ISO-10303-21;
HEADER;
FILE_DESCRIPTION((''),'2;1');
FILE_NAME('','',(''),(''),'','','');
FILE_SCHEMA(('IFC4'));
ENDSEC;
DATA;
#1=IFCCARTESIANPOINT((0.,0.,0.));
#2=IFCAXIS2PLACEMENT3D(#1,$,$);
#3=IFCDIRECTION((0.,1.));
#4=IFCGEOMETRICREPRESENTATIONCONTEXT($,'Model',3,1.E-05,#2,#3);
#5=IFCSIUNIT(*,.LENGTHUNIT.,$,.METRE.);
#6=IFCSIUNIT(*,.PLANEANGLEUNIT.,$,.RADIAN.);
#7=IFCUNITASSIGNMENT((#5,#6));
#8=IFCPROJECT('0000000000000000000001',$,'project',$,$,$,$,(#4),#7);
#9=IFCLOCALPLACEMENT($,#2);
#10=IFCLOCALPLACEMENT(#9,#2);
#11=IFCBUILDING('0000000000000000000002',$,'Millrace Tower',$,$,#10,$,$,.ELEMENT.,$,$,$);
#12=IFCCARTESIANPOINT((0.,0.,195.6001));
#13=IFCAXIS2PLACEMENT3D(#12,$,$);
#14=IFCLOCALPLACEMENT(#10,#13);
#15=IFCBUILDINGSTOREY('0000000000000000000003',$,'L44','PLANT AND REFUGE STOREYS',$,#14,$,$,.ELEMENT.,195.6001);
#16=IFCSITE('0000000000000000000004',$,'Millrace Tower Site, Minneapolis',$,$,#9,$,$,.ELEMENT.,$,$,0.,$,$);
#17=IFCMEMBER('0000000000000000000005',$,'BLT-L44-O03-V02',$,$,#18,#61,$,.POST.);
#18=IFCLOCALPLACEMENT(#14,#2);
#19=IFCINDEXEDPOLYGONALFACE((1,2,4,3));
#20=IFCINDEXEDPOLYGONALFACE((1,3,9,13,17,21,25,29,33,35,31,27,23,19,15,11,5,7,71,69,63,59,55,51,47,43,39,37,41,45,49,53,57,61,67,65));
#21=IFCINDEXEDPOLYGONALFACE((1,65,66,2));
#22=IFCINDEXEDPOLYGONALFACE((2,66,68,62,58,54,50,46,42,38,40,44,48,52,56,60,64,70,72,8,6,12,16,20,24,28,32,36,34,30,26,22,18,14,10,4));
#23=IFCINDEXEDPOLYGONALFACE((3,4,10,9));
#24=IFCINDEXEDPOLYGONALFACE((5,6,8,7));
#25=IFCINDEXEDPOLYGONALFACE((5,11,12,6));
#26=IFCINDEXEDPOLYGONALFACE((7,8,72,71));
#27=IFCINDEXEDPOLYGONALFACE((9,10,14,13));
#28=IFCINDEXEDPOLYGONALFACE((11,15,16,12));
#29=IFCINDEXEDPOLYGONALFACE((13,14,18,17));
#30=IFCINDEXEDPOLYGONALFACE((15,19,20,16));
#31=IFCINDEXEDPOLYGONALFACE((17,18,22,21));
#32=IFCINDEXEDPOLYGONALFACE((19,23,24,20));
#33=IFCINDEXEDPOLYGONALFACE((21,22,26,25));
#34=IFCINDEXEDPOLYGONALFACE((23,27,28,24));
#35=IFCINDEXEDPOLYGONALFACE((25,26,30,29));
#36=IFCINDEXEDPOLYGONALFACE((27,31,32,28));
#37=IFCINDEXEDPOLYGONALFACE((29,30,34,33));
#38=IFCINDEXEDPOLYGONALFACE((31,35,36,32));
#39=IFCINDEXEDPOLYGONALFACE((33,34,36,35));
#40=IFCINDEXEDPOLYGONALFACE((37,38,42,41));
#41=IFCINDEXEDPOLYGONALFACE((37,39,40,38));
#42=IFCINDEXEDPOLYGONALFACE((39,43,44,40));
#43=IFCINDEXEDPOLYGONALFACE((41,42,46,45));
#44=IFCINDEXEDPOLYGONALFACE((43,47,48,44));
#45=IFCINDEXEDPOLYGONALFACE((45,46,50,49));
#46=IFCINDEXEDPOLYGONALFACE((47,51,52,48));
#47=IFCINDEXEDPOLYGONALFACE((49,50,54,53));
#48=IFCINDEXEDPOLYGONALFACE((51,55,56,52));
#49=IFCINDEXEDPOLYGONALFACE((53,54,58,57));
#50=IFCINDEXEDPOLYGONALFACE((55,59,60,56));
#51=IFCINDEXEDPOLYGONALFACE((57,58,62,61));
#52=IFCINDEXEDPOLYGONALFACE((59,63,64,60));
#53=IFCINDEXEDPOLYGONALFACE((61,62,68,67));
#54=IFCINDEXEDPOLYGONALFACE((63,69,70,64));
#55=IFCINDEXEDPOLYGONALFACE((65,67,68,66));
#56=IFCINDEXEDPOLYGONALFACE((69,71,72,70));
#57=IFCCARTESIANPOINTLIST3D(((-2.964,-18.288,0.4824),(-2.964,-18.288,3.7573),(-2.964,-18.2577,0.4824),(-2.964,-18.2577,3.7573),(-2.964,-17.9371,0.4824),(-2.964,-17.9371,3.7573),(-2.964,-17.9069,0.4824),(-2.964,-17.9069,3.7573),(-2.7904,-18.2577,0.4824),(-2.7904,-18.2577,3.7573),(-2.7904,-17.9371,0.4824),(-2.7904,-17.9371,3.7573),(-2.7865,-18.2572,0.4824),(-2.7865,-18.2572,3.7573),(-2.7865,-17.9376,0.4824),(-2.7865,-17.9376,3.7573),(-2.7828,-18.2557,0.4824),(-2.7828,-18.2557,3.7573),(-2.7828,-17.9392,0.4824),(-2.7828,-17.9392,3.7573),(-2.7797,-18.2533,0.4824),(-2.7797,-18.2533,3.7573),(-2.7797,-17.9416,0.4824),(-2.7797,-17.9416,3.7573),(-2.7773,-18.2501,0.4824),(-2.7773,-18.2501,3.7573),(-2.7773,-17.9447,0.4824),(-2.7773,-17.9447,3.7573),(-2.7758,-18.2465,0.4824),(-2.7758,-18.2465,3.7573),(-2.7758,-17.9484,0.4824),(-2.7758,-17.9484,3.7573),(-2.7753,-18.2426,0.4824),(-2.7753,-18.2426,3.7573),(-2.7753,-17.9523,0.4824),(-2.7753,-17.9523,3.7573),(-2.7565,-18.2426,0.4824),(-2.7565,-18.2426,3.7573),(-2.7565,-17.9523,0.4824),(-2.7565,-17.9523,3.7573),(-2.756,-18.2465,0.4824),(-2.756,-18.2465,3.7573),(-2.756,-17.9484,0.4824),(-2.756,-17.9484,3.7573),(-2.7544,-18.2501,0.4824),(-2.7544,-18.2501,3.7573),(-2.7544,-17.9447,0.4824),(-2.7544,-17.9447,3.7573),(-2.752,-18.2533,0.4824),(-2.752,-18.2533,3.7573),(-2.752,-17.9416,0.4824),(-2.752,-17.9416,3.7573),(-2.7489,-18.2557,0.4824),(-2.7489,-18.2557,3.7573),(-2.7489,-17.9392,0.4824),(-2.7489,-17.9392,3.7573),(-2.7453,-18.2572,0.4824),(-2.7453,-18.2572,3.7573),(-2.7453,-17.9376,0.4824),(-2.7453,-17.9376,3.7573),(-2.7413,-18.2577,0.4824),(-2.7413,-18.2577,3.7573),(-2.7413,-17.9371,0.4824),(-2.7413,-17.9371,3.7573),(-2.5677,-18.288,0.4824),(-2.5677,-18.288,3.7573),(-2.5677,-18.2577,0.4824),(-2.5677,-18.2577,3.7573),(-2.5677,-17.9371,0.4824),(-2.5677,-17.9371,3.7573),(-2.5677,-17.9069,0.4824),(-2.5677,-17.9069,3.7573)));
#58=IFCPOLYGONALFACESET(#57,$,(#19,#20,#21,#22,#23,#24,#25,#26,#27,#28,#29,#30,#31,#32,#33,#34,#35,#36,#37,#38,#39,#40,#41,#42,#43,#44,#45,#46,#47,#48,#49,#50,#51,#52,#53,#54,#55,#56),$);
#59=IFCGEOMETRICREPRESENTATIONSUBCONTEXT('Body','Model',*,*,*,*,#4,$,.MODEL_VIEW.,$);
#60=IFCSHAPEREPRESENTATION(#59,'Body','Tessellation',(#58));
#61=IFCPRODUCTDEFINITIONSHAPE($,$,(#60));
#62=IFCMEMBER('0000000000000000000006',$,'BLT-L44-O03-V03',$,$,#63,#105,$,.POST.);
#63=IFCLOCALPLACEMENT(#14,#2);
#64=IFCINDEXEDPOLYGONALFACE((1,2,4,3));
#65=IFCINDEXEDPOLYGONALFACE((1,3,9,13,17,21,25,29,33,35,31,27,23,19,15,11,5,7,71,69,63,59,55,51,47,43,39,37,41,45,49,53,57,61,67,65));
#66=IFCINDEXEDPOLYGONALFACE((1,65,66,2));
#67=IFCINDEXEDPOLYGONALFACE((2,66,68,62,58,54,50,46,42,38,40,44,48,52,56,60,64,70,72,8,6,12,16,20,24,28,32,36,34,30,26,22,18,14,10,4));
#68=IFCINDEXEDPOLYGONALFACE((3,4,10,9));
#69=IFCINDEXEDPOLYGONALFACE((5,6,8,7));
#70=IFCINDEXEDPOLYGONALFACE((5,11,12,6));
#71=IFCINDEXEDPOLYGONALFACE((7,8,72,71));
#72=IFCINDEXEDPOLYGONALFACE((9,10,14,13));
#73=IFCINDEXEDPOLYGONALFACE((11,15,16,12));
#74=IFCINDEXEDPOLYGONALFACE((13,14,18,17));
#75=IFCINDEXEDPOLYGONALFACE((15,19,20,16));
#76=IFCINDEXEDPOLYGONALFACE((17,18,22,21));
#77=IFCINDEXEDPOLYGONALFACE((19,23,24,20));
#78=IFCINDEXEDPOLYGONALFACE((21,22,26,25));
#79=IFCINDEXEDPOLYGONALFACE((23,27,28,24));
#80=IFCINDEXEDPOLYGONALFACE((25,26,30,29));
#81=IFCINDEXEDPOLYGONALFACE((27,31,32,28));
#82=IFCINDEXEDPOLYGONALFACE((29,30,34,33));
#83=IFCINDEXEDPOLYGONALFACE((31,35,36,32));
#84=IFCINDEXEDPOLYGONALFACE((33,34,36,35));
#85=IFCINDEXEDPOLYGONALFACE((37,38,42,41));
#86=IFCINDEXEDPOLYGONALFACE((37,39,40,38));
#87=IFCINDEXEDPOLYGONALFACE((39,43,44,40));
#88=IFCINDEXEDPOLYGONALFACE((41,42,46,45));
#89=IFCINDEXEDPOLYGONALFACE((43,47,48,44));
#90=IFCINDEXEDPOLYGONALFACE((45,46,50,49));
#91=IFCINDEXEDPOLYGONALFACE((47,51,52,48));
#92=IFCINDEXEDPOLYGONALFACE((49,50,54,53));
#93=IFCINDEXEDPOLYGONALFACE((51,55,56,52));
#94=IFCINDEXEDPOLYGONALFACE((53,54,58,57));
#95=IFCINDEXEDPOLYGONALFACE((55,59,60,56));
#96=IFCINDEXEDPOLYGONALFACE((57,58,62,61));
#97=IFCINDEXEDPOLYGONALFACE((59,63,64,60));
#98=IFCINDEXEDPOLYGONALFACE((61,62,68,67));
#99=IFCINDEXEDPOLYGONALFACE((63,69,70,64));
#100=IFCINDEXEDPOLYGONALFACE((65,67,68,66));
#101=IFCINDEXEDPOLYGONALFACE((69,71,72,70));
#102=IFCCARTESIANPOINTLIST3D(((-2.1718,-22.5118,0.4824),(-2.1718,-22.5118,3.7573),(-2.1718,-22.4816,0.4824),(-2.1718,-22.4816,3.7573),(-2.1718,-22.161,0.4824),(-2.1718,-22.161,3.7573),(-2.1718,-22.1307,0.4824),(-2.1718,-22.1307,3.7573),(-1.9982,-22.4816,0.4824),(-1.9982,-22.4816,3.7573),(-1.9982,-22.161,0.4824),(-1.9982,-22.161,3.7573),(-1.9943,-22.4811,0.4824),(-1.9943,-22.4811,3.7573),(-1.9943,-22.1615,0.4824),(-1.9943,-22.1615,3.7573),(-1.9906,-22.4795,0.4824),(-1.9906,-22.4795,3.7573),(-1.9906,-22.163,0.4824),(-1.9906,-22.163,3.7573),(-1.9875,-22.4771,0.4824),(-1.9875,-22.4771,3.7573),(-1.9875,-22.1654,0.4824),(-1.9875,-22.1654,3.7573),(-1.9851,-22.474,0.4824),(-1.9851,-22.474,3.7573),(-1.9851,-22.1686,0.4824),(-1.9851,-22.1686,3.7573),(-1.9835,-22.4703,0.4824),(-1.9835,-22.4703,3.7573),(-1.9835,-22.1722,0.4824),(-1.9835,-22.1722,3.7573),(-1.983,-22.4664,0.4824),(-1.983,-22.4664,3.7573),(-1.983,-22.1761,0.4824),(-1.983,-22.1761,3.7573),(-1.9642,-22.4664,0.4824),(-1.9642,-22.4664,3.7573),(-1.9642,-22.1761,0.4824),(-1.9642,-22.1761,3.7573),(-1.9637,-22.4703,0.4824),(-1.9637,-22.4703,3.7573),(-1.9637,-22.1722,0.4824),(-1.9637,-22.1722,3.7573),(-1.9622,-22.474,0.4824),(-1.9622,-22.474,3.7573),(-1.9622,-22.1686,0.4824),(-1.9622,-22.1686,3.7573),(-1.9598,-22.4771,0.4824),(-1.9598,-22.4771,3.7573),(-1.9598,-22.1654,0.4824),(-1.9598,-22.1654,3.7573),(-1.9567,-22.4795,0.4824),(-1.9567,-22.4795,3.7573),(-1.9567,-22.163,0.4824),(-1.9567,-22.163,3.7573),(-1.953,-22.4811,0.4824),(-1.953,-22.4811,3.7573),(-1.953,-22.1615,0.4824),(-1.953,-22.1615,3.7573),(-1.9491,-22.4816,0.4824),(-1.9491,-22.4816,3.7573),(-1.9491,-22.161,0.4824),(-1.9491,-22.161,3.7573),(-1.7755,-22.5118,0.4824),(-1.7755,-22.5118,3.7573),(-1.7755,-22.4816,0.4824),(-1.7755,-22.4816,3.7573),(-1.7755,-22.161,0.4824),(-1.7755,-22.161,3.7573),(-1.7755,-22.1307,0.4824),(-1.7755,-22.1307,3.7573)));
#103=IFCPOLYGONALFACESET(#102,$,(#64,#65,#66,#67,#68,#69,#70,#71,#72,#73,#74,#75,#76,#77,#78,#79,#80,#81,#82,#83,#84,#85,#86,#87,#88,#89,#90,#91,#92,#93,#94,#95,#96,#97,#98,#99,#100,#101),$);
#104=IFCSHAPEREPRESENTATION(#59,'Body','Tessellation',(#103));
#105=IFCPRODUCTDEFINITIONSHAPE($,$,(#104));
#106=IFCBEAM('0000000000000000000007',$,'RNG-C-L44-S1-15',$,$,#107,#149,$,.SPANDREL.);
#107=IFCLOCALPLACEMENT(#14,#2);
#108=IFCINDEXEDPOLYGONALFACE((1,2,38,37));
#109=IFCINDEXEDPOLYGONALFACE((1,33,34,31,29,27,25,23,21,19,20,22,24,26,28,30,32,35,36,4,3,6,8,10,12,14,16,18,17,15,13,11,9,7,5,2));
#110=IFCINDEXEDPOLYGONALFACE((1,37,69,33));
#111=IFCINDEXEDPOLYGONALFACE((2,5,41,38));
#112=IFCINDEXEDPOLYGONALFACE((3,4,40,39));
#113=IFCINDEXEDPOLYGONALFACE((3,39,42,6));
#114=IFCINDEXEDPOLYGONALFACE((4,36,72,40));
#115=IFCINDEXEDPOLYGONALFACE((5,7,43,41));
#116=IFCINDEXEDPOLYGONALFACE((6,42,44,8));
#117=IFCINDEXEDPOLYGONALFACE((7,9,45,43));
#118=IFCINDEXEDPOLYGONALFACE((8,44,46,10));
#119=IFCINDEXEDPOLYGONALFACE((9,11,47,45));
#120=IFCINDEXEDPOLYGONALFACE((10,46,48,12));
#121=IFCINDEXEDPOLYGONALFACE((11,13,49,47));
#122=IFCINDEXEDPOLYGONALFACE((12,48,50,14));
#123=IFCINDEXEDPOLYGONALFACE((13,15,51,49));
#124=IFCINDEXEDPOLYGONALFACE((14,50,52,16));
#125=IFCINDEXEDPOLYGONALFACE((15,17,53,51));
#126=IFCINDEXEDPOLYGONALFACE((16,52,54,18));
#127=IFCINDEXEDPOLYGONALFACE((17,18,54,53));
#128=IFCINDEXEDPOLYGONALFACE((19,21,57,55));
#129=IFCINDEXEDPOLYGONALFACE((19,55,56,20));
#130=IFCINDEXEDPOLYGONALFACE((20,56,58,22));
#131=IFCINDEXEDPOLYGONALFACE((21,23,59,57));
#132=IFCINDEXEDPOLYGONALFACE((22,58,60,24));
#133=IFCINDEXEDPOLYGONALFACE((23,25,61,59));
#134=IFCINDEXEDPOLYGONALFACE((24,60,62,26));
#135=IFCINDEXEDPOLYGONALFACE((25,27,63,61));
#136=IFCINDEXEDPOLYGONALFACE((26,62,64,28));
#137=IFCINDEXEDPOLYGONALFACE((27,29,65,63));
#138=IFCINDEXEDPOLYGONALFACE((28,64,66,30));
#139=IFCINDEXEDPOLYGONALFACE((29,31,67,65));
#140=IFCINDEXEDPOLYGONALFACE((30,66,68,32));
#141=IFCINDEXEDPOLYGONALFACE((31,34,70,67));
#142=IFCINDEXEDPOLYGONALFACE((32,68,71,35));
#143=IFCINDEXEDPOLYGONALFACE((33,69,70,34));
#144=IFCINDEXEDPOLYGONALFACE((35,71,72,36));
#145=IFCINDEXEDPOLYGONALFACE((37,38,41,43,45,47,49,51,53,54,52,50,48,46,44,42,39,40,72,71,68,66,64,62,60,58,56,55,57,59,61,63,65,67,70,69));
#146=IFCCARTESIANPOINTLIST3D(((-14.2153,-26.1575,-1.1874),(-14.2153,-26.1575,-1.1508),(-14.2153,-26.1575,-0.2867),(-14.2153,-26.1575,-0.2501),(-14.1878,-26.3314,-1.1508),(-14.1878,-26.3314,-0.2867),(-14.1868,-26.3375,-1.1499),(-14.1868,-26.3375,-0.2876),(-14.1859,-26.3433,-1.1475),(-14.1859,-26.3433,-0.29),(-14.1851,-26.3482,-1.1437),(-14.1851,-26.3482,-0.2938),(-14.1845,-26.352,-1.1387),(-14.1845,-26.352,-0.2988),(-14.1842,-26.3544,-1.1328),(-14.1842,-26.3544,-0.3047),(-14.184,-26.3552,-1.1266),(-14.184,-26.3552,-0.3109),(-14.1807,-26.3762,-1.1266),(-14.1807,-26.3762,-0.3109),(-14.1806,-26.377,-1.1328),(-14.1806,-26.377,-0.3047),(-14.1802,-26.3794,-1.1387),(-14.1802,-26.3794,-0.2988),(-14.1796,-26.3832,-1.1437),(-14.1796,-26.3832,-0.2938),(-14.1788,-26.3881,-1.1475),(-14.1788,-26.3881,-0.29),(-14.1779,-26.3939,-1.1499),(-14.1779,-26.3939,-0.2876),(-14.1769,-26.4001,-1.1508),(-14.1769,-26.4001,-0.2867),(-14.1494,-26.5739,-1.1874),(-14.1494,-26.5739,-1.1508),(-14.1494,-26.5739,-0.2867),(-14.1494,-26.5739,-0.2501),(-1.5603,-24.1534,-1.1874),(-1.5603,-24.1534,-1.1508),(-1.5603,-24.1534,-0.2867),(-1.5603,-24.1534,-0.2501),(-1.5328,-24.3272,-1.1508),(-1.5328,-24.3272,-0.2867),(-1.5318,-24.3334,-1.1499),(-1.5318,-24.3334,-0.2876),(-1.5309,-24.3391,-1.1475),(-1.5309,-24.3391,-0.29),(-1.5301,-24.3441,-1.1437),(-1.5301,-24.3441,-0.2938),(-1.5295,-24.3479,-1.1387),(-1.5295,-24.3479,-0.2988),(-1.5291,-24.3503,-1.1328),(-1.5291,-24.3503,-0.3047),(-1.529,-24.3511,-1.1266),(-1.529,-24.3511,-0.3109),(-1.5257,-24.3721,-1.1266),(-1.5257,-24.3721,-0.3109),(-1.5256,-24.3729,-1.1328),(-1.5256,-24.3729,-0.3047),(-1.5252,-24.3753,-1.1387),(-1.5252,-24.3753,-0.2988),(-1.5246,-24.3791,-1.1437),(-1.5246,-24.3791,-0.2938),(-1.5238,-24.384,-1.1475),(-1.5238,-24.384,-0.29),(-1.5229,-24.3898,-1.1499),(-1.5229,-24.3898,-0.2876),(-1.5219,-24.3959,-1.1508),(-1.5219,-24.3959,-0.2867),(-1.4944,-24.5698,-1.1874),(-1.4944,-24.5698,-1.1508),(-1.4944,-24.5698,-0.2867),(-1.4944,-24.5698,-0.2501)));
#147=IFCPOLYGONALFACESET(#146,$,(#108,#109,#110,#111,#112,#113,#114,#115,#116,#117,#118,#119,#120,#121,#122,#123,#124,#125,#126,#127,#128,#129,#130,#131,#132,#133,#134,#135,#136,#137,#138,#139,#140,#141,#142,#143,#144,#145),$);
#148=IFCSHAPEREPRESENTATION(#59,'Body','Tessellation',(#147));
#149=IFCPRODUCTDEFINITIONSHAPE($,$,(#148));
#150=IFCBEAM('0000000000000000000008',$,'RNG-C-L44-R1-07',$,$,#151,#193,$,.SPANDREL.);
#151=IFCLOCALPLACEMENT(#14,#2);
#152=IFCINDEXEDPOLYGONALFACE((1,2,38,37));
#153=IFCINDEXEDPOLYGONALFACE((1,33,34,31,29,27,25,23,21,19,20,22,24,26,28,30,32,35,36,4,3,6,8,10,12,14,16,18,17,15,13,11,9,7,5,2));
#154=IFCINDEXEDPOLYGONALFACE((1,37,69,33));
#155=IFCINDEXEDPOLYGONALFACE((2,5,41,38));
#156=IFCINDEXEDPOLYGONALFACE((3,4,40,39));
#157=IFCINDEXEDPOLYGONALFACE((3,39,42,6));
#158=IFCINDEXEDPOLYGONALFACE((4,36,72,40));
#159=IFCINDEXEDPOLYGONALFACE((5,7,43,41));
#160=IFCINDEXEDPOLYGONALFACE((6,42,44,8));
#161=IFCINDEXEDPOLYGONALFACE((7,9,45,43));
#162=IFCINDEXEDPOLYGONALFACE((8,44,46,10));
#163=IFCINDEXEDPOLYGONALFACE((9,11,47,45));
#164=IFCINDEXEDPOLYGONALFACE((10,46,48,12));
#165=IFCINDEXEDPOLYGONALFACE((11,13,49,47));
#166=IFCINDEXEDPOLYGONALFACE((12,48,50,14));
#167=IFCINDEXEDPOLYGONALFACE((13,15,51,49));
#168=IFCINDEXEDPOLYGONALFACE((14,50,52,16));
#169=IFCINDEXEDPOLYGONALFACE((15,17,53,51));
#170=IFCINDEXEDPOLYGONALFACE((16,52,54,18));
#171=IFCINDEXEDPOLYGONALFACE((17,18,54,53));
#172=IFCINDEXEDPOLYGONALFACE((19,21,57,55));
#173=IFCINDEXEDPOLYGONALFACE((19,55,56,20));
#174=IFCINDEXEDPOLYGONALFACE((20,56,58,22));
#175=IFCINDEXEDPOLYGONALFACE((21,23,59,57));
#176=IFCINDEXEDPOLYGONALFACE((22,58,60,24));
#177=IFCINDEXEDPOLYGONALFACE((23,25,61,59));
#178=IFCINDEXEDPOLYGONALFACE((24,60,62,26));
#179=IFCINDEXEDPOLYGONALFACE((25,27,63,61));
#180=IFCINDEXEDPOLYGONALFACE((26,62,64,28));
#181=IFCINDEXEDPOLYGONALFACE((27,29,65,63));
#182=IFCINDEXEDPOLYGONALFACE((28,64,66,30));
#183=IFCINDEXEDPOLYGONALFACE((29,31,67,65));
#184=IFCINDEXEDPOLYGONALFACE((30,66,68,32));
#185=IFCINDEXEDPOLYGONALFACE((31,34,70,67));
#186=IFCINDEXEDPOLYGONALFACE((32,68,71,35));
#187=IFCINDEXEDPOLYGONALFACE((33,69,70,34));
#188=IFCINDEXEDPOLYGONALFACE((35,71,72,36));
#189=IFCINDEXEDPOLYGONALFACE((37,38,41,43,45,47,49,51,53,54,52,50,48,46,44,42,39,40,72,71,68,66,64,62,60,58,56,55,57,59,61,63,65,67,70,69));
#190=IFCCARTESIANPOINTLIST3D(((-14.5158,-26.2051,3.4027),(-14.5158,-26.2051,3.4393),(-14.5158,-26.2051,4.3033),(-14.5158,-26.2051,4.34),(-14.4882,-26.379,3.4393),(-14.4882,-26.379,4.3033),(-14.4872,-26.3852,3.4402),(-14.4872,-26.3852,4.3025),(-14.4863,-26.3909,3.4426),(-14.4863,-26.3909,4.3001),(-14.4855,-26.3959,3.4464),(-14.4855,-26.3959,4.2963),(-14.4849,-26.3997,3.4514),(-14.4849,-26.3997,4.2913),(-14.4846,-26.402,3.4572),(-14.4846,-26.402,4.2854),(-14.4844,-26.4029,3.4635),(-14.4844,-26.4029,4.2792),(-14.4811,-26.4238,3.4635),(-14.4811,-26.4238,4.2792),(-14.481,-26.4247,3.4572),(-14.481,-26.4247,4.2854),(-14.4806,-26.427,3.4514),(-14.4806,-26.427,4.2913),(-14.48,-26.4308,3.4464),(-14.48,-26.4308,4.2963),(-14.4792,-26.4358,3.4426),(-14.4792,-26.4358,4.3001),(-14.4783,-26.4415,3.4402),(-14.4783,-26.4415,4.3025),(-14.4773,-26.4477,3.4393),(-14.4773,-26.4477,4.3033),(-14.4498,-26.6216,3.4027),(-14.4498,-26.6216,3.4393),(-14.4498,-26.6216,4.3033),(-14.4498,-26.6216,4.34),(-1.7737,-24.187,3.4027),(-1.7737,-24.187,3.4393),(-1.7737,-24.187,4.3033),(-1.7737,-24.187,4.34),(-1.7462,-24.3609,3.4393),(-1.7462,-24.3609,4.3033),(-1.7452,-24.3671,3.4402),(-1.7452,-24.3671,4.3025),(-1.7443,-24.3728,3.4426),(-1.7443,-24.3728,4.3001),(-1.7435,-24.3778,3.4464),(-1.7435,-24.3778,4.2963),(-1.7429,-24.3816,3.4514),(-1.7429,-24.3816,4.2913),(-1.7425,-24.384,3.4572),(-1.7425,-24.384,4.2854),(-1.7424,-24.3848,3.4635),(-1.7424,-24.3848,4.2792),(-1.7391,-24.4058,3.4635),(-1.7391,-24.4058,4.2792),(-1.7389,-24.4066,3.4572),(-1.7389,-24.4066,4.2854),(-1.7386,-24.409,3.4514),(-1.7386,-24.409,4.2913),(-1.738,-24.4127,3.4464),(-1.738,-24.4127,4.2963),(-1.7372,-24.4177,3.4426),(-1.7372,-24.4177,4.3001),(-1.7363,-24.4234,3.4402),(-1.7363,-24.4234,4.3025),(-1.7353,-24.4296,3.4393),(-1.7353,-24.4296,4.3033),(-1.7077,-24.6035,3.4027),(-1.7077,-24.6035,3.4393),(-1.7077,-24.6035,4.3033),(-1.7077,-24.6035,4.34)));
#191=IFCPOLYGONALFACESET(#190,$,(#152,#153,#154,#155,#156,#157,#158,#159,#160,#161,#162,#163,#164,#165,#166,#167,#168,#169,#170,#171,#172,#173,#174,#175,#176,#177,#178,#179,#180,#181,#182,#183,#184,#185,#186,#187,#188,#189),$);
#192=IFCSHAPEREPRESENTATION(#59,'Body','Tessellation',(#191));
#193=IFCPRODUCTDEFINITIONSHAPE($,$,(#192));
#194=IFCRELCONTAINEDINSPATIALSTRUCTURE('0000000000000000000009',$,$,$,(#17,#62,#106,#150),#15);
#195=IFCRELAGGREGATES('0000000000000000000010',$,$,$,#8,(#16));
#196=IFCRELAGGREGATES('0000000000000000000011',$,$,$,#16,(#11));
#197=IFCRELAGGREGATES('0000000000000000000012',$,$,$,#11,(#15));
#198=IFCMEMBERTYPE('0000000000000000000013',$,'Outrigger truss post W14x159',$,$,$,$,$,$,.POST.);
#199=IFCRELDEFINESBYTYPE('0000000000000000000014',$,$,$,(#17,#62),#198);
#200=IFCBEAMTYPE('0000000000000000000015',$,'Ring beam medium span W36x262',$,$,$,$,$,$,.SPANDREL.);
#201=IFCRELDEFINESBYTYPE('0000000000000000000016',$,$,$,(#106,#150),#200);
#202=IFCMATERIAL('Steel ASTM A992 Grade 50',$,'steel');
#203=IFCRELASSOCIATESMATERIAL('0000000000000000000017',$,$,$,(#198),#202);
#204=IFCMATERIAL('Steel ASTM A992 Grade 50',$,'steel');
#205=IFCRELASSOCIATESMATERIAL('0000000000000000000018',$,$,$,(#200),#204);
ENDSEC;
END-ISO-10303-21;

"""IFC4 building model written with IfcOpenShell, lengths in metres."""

from ifc_helpers import new_model, si_unit, direction, frame, origin, origin_2d, place, context, subcontext, project, spatial, i_section, extrude, material, material_profile, profile_set, type_object, element, save


model = new_model("IFC4")

# Units and contexts
model_context = context("Model", 3, precision=1e-05, world=origin(), true_north=direction((0.0, 1.0)))
body_context = subcontext(model_context, "Body", "Model", "MODEL_VIEW")
ifc_project = project(units=[si_unit("LENGTHUNIT", "METRE"), si_unit("PLANEANGLEUNIT", "RADIAN")], contexts=[model_context])

# Site, building, storey
site_placement = place(None, origin())
site = spatial("IfcSite", under=ifc_project, at=site_placement, Name="Millrace Tower Site, Minneapolis", CompositionType="ELEMENT", RefElevation=0.0)
building_placement = place(site_placement, origin())
building = spatial("IfcBuilding", under=site, at=building_placement, Name="Millrace Tower", CompositionType="ELEMENT")
storey_placement = place(building_placement, frame((0.0, 0.0, 195.6001)))
storey = spatial("IfcBuildingStorey", under=building, at=storey_placement, Name="L44", Description="PLANT AND REFUGE STOREYS", CompositionType="ELEMENT", Elevation=195.6001)

# Members
ifc_material_1 = material(Name="Steel ASTM A992 Grade 50", Category="steel")
ifc_material_profile_1 = material_profile(ifc_material_1, i_section(OverallWidth=0.3962, OverallDepth=0.3811, WebThickness=0.0188, FlangeThickness=0.0303, FilletRadius=0.0151, at=origin_2d()))
ifc_profile_set_1 = profile_set([ifc_material_profile_1], Name="Steel ASTM A992 Grade 50")
member_type_1 = type_object("IfcMemberType", Name="Outrigger truss post W14x159", PredefinedType="POST", material=ifc_profile_set_1)
for number, where, z_axis, x_axis, name in (
    (1, (-2.7659, -18.0974, 0.4824), (0.0, 0.0, 1.0), (1.0, 0.0, 0.0), "BLT-L44-O03-V02"),
    (2, (-1.9736, -22.3213, 0.4824), (0.0, 0.0, 1.0), (1.0, 0.0, 0.0), "BLT-L44-O03-V03"),
):
    element("IfcMember", number, at=place(storey_placement, frame(where, z_axis=z_axis, x_axis=x_axis)), inside=storey, type_object=member_type_1, Name=name, PredefinedType="POST", context=body_context, shape_type="SweptSolid", body=[
        extrude(i_section(OverallWidth=0.3962, OverallDepth=0.3811, WebThickness=0.0188, FlangeThickness=0.0303, FilletRadius=0.0151, at=origin_2d()), origin(), (0.0, 0.0, 1.0), 3.2749),
    ])

# Beams
ifc_material_2 = material(Name="Steel ASTM A992 Grade 50", Category="steel")
ifc_material_profile_2 = material_profile(ifc_material_2, i_section(OverallWidth=0.4216, OverallDepth=0.9373, WebThickness=0.0212, FlangeThickness=0.0366, FilletRadius=0.0242, at=origin_2d()))
ifc_profile_set_2 = profile_set([ifc_material_profile_2], Name="Steel ASTM A992 Grade 50")
beam_type_1 = type_object("IfcBeamType", Name="Ring beam medium span W36x262", PredefinedType="SPANDREL", material=ifc_profile_set_2)
beam_1_placement = place(storey_placement, frame((-1.5273, -24.3616, -0.7188), z_axis=(-0.987691, -0.156419, 0.0), x_axis=(0.156419, -0.987691, 0.0)))
element("IfcBeam", 3, at=beam_1_placement, inside=storey, type_object=beam_type_1, Name="RNG-C-L44-S1-15", PredefinedType="SPANDREL", context=body_context, shape_type="SweptSolid", body=[
    extrude(i_section(OverallWidth=0.4216, OverallDepth=0.9373, WebThickness=0.0212, FlangeThickness=0.0366, FilletRadius=0.0242, at=origin_2d()), origin(), (0.0, 0.0, 1.0), 12.8127),
])
beam_2_placement = place(storey_placement, frame((-1.7407, -24.3953, 3.8713), z_axis=(-0.987689, -0.15643, 0.0), x_axis=(0.15643, -0.987689, 0.0)))
element("IfcBeam", 4, at=beam_2_placement, inside=storey, type_object=beam_type_1, Name="RNG-C-L44-R1-07", PredefinedType="SPANDREL", context=body_context, shape_type="SweptSolid", body=[
    extrude(i_section(OverallWidth=0.4216, OverallDepth=0.9373, WebThickness=0.0212, FlangeThickness=0.0366, FilletRadius=0.0242, at=origin_2d()), origin(), (0.0, 0.0, 1.0), 12.9009),
])

save(model, "model.ifc")
